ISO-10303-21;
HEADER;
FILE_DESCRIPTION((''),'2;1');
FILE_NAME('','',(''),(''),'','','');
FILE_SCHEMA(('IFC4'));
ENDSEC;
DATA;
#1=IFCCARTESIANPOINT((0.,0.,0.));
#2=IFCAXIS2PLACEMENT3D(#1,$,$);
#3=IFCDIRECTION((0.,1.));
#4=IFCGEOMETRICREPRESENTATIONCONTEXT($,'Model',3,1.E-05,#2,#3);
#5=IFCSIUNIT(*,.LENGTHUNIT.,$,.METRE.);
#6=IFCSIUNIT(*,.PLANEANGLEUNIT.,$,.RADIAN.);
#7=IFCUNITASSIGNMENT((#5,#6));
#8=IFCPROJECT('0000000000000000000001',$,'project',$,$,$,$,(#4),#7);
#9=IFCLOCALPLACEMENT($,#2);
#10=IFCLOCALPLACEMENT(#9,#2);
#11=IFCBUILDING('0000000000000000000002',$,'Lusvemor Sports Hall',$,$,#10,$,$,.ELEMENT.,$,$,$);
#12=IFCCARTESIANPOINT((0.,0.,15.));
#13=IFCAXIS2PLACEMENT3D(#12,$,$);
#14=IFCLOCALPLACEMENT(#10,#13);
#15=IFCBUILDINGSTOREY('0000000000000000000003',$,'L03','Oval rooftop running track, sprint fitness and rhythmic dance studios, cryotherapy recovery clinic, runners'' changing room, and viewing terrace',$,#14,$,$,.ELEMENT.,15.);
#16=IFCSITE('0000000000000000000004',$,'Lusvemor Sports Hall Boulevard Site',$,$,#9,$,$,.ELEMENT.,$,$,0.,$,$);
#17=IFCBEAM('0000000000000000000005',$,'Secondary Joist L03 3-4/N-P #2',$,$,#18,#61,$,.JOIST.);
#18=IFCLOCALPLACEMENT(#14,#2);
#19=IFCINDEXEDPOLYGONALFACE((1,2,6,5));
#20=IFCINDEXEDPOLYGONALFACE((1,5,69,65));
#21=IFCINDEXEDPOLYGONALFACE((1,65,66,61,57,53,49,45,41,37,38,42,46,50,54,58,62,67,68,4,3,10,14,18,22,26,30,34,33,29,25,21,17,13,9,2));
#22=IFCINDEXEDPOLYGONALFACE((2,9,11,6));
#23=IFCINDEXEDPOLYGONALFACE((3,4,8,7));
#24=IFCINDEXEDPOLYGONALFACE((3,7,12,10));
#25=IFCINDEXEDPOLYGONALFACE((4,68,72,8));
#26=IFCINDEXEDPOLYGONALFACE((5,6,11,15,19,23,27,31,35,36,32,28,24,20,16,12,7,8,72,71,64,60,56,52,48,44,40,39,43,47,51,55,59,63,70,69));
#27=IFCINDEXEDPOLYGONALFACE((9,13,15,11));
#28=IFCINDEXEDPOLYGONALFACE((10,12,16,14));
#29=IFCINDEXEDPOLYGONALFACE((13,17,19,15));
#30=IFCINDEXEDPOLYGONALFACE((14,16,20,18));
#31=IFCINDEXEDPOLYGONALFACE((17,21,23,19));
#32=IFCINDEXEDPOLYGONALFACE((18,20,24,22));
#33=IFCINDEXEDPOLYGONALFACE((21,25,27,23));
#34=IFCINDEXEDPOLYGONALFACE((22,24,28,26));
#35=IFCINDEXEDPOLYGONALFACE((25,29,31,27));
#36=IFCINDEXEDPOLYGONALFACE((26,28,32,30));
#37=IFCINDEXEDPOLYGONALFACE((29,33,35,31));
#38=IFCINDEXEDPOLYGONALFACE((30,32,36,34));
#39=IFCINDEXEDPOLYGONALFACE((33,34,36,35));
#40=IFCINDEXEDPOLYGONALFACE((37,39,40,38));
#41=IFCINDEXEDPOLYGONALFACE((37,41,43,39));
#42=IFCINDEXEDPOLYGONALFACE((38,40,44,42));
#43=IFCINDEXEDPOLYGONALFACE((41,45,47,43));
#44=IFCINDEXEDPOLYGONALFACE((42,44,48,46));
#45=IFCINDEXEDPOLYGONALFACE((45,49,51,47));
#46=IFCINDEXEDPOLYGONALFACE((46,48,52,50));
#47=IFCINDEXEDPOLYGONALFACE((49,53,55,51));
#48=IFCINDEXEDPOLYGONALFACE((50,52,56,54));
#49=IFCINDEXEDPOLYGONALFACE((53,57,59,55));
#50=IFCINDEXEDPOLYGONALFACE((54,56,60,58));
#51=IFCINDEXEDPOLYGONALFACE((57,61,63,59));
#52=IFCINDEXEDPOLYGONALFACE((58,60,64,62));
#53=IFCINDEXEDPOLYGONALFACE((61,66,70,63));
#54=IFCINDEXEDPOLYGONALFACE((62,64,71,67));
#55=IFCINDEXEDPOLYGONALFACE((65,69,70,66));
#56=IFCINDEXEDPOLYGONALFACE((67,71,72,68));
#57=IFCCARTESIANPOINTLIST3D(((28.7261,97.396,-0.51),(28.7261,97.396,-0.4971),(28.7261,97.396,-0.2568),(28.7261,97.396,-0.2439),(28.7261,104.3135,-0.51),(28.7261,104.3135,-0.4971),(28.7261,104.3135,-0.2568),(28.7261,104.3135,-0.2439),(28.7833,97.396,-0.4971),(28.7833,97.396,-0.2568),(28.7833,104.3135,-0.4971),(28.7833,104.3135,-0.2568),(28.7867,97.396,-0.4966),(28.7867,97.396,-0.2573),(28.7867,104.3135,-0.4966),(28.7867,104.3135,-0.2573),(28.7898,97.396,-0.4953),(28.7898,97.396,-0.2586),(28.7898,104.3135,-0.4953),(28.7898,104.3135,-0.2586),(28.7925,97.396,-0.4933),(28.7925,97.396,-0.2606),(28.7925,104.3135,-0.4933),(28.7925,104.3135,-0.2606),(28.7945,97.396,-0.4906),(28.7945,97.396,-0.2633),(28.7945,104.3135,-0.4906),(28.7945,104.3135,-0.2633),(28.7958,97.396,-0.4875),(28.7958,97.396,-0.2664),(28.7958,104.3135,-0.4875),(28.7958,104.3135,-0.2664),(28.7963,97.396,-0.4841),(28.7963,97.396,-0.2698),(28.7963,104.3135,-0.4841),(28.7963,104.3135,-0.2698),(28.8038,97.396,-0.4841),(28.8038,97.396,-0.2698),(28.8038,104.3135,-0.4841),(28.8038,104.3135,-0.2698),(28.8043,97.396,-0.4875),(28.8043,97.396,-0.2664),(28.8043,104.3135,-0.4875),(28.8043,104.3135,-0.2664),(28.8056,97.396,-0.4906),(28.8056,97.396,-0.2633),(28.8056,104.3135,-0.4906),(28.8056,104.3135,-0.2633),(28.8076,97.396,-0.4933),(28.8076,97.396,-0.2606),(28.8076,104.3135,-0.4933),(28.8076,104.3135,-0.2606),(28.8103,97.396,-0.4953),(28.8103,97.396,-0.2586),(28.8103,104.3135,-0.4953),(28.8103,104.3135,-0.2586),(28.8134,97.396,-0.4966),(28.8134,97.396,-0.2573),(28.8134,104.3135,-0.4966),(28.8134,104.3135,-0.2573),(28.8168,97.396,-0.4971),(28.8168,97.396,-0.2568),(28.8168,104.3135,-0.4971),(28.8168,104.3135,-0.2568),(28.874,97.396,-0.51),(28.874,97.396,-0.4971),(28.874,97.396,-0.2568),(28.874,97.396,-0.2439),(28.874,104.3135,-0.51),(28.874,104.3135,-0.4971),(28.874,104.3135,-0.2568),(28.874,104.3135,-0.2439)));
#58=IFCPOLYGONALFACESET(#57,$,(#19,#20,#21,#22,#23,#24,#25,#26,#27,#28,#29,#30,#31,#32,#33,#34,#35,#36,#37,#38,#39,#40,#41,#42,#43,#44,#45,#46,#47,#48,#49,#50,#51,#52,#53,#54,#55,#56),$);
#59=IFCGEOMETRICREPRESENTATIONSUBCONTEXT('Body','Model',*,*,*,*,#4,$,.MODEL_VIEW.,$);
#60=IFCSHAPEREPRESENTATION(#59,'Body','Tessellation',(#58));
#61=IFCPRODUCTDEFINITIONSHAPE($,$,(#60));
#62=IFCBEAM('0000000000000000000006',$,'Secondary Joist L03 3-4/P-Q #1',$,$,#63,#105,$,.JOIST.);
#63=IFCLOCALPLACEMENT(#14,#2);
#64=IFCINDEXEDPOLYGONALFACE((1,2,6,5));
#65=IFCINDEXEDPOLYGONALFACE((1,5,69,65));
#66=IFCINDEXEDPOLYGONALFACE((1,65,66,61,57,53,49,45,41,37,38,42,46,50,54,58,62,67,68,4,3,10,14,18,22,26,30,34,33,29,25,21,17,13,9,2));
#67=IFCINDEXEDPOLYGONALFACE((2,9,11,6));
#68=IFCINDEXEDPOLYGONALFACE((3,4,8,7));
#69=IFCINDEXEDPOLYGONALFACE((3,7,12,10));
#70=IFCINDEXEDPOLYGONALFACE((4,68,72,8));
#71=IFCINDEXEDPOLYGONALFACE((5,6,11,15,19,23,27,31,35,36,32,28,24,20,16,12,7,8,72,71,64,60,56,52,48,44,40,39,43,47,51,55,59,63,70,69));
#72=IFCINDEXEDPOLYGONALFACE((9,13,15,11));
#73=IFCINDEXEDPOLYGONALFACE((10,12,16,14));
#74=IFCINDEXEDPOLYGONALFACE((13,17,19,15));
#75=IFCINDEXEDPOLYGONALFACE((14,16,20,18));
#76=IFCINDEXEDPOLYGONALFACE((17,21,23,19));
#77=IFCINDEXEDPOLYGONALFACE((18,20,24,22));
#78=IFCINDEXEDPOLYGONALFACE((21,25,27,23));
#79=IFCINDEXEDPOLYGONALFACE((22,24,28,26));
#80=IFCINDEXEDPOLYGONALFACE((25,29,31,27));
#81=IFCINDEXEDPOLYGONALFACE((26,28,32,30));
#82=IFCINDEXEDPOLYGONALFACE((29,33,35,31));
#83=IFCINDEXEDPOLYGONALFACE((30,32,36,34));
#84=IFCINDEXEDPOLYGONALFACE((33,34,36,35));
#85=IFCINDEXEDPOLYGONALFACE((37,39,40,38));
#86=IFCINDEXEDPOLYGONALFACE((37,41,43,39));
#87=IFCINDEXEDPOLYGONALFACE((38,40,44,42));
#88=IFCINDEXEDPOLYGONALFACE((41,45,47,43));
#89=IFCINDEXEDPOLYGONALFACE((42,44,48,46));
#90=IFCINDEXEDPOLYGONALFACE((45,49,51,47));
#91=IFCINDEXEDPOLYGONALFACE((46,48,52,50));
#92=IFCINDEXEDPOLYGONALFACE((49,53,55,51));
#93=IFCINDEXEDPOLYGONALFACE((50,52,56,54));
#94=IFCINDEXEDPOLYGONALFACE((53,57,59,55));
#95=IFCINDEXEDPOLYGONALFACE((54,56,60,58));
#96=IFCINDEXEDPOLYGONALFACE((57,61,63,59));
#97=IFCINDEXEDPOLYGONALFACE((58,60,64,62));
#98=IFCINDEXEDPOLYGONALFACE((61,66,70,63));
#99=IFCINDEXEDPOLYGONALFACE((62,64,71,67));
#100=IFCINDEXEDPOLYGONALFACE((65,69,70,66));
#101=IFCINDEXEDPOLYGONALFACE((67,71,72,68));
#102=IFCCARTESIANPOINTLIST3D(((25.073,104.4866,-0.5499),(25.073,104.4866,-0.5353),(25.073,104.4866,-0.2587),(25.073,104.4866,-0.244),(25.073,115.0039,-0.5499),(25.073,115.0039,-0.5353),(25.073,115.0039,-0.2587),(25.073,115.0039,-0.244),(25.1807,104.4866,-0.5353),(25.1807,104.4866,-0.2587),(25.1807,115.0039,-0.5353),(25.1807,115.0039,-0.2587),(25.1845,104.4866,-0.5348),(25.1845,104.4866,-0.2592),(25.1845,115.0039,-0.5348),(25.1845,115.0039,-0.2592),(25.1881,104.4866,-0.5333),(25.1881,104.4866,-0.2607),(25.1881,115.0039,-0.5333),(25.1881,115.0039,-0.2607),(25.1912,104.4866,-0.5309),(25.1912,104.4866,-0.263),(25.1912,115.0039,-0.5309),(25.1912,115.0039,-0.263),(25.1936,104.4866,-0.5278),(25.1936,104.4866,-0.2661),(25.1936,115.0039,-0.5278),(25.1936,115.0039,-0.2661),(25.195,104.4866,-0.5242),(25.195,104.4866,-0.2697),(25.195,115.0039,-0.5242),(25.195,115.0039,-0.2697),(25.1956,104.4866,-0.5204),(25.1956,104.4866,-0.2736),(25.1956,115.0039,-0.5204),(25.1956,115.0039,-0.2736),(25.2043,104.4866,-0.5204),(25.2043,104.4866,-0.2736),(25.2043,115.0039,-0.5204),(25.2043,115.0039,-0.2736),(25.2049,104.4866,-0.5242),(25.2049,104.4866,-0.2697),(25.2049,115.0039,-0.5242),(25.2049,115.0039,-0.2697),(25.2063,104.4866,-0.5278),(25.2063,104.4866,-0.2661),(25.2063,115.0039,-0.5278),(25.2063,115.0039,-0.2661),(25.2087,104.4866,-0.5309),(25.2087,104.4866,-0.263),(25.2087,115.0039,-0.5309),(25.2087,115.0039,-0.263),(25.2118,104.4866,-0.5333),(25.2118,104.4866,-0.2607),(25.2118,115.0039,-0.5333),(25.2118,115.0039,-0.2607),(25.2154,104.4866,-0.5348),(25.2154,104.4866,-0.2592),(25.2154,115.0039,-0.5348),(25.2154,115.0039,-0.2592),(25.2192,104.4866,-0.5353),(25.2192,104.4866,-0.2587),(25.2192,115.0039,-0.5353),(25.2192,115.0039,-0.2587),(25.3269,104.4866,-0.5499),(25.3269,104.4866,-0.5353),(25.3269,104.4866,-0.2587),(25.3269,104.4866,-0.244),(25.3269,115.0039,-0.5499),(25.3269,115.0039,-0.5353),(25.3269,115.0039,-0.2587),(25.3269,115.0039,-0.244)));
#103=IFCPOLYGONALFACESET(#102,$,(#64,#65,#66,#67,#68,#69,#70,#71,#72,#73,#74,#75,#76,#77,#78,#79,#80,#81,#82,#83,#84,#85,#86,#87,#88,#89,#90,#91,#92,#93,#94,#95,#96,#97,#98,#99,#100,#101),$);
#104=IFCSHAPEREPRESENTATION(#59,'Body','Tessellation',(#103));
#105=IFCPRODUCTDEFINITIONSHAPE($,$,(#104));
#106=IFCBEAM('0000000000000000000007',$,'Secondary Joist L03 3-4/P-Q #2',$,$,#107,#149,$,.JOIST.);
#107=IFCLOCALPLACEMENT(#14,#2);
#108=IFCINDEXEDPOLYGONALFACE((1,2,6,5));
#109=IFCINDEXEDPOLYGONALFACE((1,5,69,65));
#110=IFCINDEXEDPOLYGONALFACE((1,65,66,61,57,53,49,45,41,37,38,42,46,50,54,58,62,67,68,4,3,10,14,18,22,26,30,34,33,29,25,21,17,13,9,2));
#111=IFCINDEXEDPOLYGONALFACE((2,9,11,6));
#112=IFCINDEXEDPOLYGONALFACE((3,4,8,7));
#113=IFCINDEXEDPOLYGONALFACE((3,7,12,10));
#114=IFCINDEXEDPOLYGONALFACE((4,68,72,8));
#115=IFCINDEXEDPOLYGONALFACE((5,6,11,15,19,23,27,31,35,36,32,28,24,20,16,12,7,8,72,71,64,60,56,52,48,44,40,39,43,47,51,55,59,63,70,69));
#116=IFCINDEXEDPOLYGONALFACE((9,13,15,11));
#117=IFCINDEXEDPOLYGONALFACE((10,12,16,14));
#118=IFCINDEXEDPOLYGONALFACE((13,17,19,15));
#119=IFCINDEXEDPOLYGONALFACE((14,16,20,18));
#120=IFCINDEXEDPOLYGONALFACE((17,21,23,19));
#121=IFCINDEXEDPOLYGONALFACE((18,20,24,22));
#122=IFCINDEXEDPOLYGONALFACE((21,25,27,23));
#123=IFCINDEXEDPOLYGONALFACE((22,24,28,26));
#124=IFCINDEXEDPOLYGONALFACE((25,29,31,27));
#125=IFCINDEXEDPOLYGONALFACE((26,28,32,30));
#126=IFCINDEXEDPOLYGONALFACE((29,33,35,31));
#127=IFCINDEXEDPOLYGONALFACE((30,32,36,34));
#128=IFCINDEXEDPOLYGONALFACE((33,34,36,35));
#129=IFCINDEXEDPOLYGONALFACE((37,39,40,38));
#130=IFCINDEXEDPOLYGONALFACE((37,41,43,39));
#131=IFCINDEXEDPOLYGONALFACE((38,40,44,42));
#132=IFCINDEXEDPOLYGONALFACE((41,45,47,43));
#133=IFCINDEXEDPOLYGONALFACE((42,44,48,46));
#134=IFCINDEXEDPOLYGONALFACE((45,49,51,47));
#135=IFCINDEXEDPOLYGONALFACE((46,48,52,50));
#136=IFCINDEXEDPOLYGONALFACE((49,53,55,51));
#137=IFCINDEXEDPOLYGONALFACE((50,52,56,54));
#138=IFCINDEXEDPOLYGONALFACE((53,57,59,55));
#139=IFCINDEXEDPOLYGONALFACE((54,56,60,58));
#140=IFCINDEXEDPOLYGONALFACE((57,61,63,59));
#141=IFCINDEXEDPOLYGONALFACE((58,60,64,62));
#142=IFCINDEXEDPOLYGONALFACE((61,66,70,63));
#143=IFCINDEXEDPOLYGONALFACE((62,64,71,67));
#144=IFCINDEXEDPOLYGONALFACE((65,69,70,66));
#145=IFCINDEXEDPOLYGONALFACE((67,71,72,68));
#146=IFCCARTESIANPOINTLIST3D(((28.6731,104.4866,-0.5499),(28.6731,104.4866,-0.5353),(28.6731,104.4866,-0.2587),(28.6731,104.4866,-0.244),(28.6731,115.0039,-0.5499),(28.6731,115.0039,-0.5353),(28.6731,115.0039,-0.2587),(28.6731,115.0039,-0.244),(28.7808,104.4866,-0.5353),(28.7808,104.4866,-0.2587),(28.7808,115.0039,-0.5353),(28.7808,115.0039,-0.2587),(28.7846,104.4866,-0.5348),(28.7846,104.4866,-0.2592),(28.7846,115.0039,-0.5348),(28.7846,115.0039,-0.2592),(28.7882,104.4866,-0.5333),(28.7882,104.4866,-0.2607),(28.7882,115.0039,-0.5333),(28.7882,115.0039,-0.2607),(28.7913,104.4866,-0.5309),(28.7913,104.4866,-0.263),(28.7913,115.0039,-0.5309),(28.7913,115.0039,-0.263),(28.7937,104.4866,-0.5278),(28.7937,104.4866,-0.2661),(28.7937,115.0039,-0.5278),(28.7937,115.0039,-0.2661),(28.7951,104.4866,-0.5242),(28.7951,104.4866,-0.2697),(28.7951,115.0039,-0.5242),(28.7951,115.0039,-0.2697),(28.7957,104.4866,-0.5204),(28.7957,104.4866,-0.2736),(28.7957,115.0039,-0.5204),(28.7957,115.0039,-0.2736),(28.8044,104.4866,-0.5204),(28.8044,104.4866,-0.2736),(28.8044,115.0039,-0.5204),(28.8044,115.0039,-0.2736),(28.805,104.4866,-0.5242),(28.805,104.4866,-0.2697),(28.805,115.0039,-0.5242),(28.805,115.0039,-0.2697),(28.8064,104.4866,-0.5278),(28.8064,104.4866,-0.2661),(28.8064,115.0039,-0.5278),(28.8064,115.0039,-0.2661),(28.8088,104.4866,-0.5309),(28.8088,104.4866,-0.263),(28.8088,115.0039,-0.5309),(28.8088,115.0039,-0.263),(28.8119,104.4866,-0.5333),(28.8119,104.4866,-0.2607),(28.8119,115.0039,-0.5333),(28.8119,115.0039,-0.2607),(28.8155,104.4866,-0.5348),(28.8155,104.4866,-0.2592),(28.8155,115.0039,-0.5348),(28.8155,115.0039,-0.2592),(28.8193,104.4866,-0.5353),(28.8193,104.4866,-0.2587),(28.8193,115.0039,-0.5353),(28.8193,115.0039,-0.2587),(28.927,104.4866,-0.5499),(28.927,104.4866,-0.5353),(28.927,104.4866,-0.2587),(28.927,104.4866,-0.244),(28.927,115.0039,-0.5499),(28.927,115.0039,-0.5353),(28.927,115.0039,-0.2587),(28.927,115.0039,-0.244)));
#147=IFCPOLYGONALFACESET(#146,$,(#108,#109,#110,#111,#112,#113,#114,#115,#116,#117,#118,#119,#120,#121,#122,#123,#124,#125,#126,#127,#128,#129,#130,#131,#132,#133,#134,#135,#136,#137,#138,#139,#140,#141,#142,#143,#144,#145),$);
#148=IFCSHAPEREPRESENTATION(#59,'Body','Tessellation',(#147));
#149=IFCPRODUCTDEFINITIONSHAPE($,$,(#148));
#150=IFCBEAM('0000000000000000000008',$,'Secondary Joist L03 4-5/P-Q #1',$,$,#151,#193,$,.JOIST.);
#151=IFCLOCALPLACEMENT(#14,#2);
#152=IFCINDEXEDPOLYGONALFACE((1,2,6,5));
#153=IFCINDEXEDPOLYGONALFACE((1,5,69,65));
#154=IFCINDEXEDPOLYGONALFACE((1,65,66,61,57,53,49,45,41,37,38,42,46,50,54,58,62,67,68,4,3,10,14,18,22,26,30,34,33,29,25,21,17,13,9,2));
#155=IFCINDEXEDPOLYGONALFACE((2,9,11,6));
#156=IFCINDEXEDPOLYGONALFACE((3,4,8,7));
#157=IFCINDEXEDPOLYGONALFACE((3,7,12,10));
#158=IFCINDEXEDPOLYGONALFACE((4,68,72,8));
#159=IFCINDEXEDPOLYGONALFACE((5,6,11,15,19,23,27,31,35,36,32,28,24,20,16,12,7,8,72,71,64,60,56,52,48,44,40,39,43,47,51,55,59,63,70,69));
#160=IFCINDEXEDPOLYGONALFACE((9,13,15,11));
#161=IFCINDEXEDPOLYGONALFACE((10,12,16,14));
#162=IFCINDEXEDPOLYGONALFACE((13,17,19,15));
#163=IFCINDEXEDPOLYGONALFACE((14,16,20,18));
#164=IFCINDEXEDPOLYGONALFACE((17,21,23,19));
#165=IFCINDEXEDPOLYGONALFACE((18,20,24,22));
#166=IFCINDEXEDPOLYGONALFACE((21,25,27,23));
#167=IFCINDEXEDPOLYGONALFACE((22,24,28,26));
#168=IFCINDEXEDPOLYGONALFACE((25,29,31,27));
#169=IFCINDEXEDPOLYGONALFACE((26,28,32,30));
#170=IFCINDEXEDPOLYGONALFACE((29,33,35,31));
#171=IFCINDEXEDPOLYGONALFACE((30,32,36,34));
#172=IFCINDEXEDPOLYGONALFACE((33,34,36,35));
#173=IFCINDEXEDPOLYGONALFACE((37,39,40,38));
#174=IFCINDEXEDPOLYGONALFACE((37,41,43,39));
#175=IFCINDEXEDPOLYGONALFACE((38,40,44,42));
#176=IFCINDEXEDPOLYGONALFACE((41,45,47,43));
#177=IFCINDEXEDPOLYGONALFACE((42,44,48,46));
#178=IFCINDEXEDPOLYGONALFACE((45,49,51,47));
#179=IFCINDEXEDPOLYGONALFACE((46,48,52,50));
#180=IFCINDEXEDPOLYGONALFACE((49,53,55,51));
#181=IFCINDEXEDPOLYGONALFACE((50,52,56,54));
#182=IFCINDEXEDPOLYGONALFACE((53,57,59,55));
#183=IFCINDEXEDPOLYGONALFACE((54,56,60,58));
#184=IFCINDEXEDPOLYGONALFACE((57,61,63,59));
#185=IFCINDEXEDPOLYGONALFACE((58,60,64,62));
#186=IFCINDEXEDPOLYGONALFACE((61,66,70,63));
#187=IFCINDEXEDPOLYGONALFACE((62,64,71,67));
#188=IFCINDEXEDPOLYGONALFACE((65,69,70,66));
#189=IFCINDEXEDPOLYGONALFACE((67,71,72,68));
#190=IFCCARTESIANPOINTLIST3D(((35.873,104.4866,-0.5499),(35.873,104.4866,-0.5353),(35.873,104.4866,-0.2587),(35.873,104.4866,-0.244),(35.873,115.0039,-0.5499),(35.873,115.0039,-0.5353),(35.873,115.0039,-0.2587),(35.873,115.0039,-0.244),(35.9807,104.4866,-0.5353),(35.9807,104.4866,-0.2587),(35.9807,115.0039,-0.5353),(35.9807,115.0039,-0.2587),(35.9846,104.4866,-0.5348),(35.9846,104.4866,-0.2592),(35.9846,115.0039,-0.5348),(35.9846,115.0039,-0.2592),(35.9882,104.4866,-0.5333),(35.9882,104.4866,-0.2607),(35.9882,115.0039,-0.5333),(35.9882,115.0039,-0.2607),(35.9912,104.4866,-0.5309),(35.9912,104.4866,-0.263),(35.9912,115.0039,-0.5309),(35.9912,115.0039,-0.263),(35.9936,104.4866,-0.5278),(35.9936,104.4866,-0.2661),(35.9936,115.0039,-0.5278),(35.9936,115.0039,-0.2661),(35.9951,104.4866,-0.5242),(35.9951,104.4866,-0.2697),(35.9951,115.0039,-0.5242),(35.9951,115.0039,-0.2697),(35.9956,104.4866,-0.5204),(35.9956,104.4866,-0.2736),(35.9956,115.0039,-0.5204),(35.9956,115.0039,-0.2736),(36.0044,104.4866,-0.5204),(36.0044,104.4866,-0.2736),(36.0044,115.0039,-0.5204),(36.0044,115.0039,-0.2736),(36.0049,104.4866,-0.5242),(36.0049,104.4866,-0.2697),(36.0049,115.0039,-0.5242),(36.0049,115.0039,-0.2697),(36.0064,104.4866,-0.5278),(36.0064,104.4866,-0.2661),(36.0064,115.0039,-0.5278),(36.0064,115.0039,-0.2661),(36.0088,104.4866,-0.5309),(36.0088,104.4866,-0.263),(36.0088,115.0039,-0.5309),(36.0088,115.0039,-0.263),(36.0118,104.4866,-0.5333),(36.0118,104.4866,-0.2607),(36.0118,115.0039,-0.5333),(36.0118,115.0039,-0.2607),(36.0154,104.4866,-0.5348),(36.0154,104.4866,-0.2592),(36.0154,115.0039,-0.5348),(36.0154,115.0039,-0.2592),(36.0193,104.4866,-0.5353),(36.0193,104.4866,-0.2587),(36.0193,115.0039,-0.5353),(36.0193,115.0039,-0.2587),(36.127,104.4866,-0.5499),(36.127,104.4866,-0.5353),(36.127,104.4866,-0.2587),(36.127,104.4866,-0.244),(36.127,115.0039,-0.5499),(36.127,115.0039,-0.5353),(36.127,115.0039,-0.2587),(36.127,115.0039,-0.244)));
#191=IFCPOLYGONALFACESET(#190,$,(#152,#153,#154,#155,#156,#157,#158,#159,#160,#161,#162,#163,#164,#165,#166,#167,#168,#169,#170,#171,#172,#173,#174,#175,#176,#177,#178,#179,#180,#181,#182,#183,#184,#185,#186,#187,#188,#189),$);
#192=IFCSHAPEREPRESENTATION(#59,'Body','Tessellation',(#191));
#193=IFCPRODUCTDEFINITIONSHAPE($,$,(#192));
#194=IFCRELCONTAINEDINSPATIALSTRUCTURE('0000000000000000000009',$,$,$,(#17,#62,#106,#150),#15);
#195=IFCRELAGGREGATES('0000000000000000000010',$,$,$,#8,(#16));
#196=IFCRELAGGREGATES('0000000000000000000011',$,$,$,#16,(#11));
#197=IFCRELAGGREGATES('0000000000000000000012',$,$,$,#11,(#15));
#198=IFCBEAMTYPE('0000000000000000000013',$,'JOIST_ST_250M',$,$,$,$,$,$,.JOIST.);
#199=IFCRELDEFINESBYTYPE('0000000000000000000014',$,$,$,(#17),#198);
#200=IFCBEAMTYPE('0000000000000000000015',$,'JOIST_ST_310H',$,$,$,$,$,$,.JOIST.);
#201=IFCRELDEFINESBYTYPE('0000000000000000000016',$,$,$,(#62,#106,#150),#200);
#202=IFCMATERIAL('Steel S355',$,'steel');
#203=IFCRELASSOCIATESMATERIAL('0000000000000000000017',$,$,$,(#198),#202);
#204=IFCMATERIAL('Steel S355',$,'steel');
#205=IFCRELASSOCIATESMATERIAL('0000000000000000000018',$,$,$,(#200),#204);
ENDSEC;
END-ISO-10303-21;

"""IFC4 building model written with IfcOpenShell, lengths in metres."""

from ifc_helpers import new_model, si_unit, direction, frame, origin, origin_2d, place, context, subcontext, project, spatial, i_section, extrude, material, material_profile, profile_set, type_object, element, save


model = new_model("IFC4")

# Units and contexts
model_context = context("Model", 3, precision=1e-05, world=origin(), true_north=direction((0.0, 1.0)))
body_context = subcontext(model_context, "Body", "Model", "MODEL_VIEW")
ifc_project = project(units=[si_unit("LENGTHUNIT", "METRE"), si_unit("PLANEANGLEUNIT", "RADIAN")], contexts=[model_context])

# Site, building, storey
site_placement = place(None, origin())
site = spatial("IfcSite", under=ifc_project, at=site_placement, Name="Lusvemor Sports Hall Boulevard Site", CompositionType="ELEMENT", RefElevation=0.0)
building_placement = place(site_placement, origin())
building = spatial("IfcBuilding", under=site, at=building_placement, Name="Lusvemor Sports Hall", CompositionType="ELEMENT")
storey_placement = place(building_placement, frame((0.0, 0.0, 15.0)))
storey = spatial("IfcBuildingStorey", under=building, at=storey_placement, Name="L03", Description="Oval rooftop running track, sprint fitness and rhythmic dance studios, cryotherapy recovery clinic, runners' changing room, and viewing terrace", CompositionType="ELEMENT", Elevation=15.0)

# Beams
ifc_material_1 = material(Name="Steel S355", Category="steel")
ifc_material_profile_1 = material_profile(ifc_material_1, i_section(OverallWidth=0.1479, OverallDepth=0.2661, WebThickness=0.0076, FlangeThickness=0.0129, FilletRadius=0.0129, at=origin_2d()), Name="W250x44.8")
ifc_profile_set_1 = profile_set([ifc_material_profile_1], Name="Steel S355")
beam_type_1 = type_object("IfcBeamType", Name="JOIST_ST_250M", PredefinedType="JOIST", material=ifc_profile_set_1)
beam_1_placement = place(storey_placement, frame((28.8, 97.396, -0.377), z_axis=(0.0, 1.0, 0.0), x_axis=(-1.0, 0.0, 0.0)))
element("IfcBeam", 1, at=beam_1_placement, inside=storey, type_object=beam_type_1, Name="Secondary Joist L03 3-4/N-P #2", PredefinedType="JOIST", context=body_context, shape_type="SweptSolid", body=[
    extrude(i_section(OverallWidth=0.1479, OverallDepth=0.2661, WebThickness=0.0076, FlangeThickness=0.0129, FilletRadius=0.0129, at=origin_2d()), origin(), (0.0, 0.0, 1.0), 6.9175),
])
ifc_material_2 = material(Name="Steel S355", Category="steel")
ifc_material_profile_2 = material_profile(ifc_material_2, i_section(OverallWidth=0.2539, OverallDepth=0.3059, WebThickness=0.0088, FlangeThickness=0.0146, FilletRadius=0.0149, at=origin_2d()), Name="W310x79.0")
ifc_profile_set_2 = profile_set([ifc_material_profile_2], Name="Steel S355")
beam_type_2 = type_object("IfcBeamType", Name="JOIST_ST_310H", PredefinedType="JOIST", material=ifc_profile_set_2)
for number, where, z_axis, x_axis, name in (
    (2, (25.2, 104.4866, -0.397), (0.0, 1.0, 0.0), (-1.0, 0.0, 0.0), "Secondary Joist L03 3-4/P-Q #1"),
    (3, (28.8, 104.4866, -0.397), (0.0, 1.0, 0.0), (-1.0, 0.0, 0.0), "Secondary Joist L03 3-4/P-Q #2"),
    (4, (36.0, 104.4866, -0.397), (0.0, 1.0, 0.0), (-1.0, 0.0, 0.0), "Secondary Joist L03 4-5/P-Q #1"),
):
    element("IfcBeam", number, at=place(storey_placement, frame(where, z_axis=z_axis, x_axis=x_axis)), inside=storey, type_object=beam_type_2, Name=name, PredefinedType="JOIST", context=body_context, shape_type="SweptSolid", body=[
        extrude(i_section(OverallWidth=0.2539, OverallDepth=0.3059, WebThickness=0.0088, FlangeThickness=0.0146, FilletRadius=0.0149, at=origin_2d()), origin(), (0.0, 0.0, 1.0), 10.5173),
    ])

save(model, "model.ifc")
